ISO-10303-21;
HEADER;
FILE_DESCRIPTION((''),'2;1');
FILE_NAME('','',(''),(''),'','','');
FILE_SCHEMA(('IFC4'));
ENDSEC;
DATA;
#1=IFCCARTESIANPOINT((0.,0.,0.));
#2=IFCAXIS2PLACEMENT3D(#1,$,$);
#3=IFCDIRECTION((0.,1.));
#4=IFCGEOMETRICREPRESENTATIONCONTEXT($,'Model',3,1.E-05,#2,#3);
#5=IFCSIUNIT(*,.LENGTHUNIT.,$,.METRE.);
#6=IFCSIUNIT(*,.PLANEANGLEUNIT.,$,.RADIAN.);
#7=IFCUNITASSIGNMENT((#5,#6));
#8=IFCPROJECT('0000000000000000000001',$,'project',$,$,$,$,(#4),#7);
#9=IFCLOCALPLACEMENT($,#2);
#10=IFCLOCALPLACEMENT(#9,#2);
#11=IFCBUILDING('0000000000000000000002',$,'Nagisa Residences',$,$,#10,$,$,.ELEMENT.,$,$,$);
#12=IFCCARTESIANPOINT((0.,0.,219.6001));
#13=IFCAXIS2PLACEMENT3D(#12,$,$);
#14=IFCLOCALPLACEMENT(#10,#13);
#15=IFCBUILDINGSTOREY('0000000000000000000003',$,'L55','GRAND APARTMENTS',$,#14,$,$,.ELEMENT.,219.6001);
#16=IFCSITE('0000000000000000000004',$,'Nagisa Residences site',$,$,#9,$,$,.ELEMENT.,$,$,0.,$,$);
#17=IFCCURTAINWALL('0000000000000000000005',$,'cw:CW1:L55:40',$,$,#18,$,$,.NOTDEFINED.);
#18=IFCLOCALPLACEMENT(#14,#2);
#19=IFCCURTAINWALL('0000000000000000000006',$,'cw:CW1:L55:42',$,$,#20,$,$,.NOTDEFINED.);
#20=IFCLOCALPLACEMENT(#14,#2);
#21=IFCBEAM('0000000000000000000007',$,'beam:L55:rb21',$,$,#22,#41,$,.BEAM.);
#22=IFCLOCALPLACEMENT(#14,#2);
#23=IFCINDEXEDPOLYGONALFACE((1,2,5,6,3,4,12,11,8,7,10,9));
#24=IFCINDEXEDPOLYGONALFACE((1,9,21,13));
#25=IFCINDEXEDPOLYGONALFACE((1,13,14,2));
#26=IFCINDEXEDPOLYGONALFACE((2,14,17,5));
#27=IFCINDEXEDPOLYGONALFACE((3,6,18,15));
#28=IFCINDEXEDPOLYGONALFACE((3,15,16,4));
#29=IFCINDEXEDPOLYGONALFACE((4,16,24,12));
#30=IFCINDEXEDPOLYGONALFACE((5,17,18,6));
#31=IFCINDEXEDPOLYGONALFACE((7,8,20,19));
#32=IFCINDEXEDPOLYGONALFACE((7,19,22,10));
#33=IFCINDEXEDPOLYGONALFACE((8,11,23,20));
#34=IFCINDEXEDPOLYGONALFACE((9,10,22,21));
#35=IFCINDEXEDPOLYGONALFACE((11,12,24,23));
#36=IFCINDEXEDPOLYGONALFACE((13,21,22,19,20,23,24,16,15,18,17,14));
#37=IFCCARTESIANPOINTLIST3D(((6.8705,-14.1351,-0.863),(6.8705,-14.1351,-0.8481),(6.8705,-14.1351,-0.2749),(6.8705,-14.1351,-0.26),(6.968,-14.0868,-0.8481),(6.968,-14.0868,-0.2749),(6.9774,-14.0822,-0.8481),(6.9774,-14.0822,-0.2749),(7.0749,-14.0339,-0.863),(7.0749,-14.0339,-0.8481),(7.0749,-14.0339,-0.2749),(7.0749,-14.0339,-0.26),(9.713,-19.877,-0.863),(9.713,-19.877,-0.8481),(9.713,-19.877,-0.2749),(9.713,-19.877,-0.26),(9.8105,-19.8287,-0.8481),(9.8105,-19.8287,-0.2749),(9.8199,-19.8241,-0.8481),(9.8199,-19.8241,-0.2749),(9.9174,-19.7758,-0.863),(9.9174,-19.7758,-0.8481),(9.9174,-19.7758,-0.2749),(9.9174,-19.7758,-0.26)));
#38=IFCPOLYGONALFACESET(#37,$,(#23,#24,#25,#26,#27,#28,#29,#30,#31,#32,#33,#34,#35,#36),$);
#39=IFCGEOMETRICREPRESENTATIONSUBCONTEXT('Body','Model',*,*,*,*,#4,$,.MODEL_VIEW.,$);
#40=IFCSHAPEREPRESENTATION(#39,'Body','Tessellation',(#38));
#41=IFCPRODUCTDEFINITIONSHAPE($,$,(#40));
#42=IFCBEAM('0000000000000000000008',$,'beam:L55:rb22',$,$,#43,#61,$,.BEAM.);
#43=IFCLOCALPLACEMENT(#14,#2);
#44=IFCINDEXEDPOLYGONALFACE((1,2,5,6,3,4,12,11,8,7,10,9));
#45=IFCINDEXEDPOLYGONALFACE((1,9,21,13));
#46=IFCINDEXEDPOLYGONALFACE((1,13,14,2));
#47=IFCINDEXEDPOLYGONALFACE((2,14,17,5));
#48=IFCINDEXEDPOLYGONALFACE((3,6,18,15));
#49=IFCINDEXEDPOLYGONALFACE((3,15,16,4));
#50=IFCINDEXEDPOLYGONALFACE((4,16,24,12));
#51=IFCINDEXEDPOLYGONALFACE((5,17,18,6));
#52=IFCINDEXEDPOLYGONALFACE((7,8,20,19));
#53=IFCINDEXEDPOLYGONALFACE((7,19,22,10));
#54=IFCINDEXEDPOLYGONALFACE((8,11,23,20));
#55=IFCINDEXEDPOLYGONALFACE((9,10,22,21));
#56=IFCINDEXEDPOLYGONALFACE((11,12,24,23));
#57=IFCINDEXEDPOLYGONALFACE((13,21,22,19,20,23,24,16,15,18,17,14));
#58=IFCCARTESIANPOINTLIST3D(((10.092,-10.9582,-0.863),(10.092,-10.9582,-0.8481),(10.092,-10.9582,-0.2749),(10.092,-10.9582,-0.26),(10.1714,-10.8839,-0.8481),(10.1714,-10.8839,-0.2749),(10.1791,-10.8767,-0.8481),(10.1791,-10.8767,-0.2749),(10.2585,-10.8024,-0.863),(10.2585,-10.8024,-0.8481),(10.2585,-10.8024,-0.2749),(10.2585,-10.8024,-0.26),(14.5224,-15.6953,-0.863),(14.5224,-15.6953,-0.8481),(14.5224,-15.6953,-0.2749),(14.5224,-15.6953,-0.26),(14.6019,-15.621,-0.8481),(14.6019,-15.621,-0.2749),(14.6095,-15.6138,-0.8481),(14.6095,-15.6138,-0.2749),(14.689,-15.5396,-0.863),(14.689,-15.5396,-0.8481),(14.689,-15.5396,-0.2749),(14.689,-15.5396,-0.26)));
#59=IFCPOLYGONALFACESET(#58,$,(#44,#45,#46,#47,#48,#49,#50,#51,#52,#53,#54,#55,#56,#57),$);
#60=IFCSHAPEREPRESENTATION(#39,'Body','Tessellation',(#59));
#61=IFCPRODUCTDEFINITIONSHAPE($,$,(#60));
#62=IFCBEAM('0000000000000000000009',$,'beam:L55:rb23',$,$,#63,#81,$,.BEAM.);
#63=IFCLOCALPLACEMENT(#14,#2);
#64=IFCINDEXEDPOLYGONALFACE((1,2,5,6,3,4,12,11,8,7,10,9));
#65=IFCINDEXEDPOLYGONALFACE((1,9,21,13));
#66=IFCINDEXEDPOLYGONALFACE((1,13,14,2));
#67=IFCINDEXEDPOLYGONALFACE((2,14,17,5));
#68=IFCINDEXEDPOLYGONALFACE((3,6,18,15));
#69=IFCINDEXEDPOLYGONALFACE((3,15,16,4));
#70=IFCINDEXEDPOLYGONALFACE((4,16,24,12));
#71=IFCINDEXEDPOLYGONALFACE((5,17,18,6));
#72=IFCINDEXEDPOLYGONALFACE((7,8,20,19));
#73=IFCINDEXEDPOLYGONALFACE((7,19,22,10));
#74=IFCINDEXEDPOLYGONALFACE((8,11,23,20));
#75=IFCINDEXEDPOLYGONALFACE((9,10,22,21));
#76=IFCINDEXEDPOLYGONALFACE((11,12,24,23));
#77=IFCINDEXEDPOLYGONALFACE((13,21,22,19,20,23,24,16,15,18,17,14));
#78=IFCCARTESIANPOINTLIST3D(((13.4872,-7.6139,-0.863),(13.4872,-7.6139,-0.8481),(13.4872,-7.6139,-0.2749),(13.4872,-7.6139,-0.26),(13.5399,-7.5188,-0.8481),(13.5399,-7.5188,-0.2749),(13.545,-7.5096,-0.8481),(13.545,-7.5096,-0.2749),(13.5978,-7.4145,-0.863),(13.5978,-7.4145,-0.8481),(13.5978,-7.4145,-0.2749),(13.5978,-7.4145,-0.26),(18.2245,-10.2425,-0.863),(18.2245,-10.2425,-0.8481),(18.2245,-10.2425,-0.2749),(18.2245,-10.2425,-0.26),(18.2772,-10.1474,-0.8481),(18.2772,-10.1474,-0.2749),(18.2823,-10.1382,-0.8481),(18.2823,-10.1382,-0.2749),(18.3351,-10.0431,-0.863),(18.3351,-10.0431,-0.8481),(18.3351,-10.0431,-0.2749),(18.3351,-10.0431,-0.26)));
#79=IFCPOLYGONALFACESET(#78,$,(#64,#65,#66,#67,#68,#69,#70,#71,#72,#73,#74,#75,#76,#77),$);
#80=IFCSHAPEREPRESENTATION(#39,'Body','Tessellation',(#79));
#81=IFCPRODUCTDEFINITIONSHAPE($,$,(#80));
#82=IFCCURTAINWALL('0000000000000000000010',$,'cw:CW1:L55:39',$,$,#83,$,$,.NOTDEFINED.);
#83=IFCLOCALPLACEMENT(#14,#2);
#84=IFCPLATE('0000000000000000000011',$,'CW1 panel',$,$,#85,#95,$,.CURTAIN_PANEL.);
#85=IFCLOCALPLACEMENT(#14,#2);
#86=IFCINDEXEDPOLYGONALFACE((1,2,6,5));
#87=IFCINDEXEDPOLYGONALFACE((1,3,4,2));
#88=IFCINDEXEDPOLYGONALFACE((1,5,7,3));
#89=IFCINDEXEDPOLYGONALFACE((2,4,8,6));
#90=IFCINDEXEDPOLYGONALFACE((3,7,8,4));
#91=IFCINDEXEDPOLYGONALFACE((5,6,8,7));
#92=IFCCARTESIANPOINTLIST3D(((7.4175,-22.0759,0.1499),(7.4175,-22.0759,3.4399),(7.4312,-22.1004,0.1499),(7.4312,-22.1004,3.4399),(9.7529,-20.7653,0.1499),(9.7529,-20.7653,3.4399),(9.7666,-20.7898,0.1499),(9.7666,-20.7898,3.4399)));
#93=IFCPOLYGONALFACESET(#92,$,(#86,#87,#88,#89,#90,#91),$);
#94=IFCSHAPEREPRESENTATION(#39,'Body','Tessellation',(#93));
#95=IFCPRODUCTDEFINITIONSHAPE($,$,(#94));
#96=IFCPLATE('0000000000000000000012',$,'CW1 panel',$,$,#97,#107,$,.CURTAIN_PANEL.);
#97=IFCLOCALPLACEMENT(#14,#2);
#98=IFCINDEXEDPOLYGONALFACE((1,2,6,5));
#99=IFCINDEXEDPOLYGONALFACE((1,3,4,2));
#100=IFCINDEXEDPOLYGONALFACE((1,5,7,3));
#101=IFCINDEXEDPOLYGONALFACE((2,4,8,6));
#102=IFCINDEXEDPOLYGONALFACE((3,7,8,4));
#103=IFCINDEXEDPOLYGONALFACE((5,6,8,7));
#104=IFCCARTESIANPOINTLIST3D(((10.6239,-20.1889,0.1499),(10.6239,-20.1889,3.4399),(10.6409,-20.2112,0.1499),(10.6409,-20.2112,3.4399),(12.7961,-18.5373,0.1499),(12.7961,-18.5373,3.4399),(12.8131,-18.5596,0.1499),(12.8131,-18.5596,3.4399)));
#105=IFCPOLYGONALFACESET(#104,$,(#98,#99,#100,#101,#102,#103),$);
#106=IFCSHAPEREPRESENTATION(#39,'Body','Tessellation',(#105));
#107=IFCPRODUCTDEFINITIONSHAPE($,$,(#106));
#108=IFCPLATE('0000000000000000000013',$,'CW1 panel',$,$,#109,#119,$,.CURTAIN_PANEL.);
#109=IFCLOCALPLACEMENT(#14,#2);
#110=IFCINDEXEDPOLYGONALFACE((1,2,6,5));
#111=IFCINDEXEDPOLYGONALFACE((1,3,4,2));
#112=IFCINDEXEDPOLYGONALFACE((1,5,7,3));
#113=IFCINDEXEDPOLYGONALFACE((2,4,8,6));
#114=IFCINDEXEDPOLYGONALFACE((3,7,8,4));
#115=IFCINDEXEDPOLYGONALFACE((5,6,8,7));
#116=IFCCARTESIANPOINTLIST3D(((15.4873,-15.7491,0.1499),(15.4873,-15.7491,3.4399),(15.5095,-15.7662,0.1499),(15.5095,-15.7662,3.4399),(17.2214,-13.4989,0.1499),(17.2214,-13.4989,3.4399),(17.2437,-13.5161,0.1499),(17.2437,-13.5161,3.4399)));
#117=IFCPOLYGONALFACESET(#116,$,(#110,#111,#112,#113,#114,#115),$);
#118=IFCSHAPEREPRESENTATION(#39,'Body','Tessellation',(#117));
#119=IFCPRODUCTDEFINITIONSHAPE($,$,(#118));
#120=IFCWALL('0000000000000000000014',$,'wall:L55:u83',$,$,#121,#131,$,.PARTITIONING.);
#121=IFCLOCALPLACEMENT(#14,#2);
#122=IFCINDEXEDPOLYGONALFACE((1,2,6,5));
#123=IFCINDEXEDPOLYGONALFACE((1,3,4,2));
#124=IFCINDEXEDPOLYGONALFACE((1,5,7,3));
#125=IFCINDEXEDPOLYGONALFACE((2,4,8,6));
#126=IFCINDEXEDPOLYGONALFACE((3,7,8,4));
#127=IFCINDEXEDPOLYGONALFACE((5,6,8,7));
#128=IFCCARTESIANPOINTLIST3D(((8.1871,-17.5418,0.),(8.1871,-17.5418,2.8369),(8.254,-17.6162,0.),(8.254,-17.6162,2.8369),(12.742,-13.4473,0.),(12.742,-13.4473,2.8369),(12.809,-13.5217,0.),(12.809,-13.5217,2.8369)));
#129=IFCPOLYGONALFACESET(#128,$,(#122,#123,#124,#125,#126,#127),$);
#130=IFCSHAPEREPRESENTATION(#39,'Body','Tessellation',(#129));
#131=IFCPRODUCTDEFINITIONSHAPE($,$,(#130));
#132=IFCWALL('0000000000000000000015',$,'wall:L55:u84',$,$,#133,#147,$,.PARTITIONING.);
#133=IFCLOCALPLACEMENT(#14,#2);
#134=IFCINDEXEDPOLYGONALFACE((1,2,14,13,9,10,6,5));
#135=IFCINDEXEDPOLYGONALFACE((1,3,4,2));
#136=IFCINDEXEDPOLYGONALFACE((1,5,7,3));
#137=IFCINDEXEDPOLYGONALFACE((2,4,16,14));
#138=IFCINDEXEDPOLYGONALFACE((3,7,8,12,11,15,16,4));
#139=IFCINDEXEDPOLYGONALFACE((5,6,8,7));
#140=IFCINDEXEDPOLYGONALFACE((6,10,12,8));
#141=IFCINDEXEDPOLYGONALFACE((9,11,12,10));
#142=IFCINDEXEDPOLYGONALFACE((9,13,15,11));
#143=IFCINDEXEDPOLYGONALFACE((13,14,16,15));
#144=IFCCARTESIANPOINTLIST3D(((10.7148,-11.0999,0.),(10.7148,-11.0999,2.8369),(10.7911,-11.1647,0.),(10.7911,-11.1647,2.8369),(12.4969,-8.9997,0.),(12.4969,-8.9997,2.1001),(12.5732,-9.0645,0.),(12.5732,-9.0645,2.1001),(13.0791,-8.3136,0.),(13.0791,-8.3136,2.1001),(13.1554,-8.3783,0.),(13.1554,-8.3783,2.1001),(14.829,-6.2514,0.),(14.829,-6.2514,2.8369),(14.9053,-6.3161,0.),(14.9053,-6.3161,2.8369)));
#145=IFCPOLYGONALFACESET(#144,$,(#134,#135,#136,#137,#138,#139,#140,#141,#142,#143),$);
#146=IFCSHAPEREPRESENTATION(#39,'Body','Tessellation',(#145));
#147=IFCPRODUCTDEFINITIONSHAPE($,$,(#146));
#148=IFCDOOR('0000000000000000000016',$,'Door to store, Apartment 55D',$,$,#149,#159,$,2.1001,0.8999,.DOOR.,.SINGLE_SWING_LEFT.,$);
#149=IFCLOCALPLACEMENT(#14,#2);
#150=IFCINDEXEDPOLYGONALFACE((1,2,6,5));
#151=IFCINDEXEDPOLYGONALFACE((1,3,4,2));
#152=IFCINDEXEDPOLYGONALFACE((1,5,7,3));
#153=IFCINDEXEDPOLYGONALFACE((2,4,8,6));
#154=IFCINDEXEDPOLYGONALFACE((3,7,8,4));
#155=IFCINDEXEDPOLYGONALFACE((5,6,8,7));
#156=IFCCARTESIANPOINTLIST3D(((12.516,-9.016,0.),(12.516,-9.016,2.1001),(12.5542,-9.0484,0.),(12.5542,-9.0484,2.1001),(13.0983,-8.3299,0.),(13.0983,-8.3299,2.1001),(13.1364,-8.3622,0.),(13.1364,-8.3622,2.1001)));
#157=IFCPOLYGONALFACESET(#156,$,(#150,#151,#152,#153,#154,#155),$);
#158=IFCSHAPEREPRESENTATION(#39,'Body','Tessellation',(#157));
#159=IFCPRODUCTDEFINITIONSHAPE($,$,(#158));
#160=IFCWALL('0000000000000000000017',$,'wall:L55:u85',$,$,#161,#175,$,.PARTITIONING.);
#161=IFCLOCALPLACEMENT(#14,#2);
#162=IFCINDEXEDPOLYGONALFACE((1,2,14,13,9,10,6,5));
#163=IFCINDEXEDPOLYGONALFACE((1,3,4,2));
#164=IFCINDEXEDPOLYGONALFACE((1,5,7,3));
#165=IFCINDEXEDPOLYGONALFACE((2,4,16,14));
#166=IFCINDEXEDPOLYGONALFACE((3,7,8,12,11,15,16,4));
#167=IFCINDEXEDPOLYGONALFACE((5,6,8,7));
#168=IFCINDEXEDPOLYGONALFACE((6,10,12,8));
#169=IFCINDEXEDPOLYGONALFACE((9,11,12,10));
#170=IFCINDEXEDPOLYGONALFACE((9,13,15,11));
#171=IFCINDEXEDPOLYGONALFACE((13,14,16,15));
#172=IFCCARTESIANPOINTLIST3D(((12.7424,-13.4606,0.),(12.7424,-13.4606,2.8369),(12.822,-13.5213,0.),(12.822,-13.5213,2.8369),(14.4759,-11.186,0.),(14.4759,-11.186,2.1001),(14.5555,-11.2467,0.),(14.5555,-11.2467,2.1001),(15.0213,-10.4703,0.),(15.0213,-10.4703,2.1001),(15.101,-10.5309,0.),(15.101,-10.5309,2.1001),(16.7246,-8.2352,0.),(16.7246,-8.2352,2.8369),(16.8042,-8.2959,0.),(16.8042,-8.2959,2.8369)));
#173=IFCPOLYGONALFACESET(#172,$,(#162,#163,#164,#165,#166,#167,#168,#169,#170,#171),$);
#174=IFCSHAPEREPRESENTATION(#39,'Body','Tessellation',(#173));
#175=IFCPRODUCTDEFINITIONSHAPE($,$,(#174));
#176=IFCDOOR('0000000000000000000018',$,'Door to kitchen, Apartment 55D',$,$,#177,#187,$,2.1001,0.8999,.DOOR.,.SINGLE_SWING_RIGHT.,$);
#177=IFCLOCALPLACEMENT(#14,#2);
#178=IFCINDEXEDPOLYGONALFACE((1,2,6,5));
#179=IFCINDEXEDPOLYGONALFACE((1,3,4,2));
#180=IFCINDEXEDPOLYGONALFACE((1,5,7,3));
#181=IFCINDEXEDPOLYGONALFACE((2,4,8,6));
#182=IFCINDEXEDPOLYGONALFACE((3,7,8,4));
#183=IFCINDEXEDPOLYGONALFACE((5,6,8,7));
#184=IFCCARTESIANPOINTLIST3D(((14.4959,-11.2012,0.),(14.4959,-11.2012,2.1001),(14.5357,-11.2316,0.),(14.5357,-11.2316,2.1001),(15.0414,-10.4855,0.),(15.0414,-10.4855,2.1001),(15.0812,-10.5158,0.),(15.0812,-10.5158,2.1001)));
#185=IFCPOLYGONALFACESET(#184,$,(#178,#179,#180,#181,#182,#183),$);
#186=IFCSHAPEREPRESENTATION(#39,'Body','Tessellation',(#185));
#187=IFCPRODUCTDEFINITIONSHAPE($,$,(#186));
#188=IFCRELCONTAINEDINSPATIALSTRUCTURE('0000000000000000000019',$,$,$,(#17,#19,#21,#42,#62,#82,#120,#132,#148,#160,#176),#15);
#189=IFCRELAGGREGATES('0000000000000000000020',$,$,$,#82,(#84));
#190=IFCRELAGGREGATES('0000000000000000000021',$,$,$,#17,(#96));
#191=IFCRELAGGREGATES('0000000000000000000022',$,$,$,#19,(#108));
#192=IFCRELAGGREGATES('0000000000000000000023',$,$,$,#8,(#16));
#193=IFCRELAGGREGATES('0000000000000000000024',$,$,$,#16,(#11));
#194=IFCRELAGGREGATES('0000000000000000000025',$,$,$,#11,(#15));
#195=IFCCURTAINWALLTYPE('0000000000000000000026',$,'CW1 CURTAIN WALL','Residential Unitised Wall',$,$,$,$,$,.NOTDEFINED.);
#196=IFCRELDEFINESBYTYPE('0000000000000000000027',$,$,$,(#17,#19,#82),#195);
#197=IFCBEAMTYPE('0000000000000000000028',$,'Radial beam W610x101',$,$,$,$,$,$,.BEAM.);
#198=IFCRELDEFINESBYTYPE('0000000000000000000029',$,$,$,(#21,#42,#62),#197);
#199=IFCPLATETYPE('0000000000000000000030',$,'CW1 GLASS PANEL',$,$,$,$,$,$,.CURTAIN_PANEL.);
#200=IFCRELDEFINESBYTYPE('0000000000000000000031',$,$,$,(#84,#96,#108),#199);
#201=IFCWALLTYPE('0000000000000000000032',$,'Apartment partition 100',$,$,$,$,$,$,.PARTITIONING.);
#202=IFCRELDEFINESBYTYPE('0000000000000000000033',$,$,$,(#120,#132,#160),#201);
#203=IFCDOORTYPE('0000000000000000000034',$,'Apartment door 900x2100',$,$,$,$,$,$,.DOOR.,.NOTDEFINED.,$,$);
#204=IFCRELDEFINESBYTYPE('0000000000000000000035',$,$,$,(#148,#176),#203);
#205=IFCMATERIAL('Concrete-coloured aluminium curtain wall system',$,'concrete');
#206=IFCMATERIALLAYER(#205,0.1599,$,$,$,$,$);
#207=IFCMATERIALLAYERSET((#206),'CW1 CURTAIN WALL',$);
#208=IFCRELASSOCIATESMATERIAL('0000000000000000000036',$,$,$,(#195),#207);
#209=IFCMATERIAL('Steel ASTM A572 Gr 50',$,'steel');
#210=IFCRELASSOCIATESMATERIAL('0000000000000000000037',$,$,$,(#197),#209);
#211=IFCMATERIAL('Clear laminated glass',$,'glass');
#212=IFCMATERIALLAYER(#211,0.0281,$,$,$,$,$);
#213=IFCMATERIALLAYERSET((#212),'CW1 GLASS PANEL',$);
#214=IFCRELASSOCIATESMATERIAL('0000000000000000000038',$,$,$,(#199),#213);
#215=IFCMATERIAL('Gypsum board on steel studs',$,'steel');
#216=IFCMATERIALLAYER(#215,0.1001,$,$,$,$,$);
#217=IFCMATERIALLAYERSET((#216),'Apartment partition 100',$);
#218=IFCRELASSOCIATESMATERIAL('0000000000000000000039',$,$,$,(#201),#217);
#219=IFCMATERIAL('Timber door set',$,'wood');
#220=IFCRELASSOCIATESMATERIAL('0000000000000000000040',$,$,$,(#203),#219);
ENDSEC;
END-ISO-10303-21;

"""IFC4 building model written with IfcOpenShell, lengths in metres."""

from ifc_helpers import new_model, si_unit, direction, frame, frame_2d, origin, origin_2d, place, context, subcontext, project, spatial, rectangle, i_section, extrude, material, layer, layer_set, material_profile, profile_set, type_object, element, fill, aggregate, save


model = new_model("IFC4")

# Units and contexts
model_context = context("Model", 3, precision=1e-05, world=origin(), true_north=direction((0.0, 1.0)))
body_context = subcontext(model_context, "Body", "Model", "MODEL_VIEW")
ifc_project = project(units=[si_unit("LENGTHUNIT", "METRE"), si_unit("PLANEANGLEUNIT", "RADIAN")], contexts=[model_context])

# Site, building, storey
site_placement = place(None, origin())
site = spatial("IfcSite", under=ifc_project, at=site_placement, Name="Nagisa Residences site", CompositionType="ELEMENT", RefElevation=0.0)
building_placement = place(site_placement, origin())
building = spatial("IfcBuilding", under=site, at=building_placement, Name="Nagisa Residences", CompositionType="ELEMENT")
storey_placement = place(building_placement, frame((0.0, 0.0, 219.6001)))
storey = spatial("IfcBuildingStorey", under=building, at=storey_placement, Name="L55", Description="GRAND APARTMENTS", CompositionType="ELEMENT", Elevation=219.6001)

# Curtain walls
ifc_material_1 = material(Name="Concrete-coloured aluminium curtain wall system", Category="concrete")
ifc_layer_1 = layer(ifc_material_1, 0.1599)
ifc_layer_set_1 = layer_set([ifc_layer_1], Name="CW1 CURTAIN WALL")
curtain_wall_type = type_object("IfcCurtainWallType", Name="CW1 CURTAIN WALL", Description="Residential Unitised Wall", PredefinedType="NOTDEFINED", material=ifc_layer_set_1)
curtain_wall_1_placement = place(storey_placement, origin())
curtain_wall_1 = element("IfcCurtainWall", 1, at=curtain_wall_1_placement, inside=storey, type_object=curtain_wall_type, Name="cw:CW1:L55:40", PredefinedType="NOTDEFINED")
curtain_wall_2_placement = place(storey_placement, origin())
curtain_wall_2 = element("IfcCurtainWall", 2, at=curtain_wall_2_placement, inside=storey, type_object=curtain_wall_type, Name="cw:CW1:L55:42", PredefinedType="NOTDEFINED")

# Beams
ifc_material_2 = material(Name="Steel ASTM A572 Gr 50", Category="steel")
ifc_material_profile_1 = material_profile(ifc_material_2, i_section(OverallWidth=0.228, OverallDepth=0.603, WebThickness=0.0105, FlangeThickness=0.0149, at=origin_2d()), Name="W610x101")
ifc_profile_set_1 = profile_set([ifc_material_profile_1], Name="Steel ASTM A572 Gr 50")
beam_type_1 = type_object("IfcBeamType", Name="Radial beam W610x101", PredefinedType="BEAM", material=ifc_profile_set_1)
beam_1_placement = place(storey_placement, frame((9.8152, -19.8264, -0.5615), z_axis=(-0.443659, 0.896196, 0.0), x_axis=(-0.896196, -0.443659, 0.0)))
element("IfcBeam", 3, at=beam_1_placement, inside=storey, type_object=beam_type_1, Name="beam:L55:rb21", PredefinedType="BEAM", context=body_context, shape_type="SweptSolid", body=[
    extrude(i_section(OverallWidth=0.228, OverallDepth=0.603, WebThickness=0.0105, FlangeThickness=0.0149, at=origin_2d()), origin(), (0.0, 0.0, 1.0), 6.407),
])
beam_2_placement = place(storey_placement, frame((14.6057, -15.6174, -0.5615), z_axis=(-0.683073, 0.73035, 0.0), x_axis=(-0.73035, -0.683073, 0.0)))
element("IfcBeam", 4, at=beam_2_placement, inside=storey, type_object=beam_type_1, Name="beam:L55:rb22", PredefinedType="BEAM", context=body_context, shape_type="SweptSolid", body=[
    extrude(i_section(OverallWidth=0.228, OverallDepth=0.603, WebThickness=0.0105, FlangeThickness=0.0149, at=origin_2d()), origin(), (0.0, 0.0, 1.0), 6.4861),
])
beam_3_placement = place(storey_placement, frame((18.2798, -10.1428, -0.5615), z_axis=(-0.874406, 0.485195, 0.0), x_axis=(-0.485195, -0.874406, 0.0)))
element("IfcBeam", 5, at=beam_3_placement, inside=storey, type_object=beam_type_1, Name="beam:L55:rb23", PredefinedType="BEAM", context=body_context, shape_type="SweptSolid", body=[
    extrude(i_section(OverallWidth=0.228, OverallDepth=0.603, WebThickness=0.0105, FlangeThickness=0.0149, at=origin_2d()), origin(), (0.0, 0.0, 1.0), 5.4177),
])

# Curtain wall, plate
curtain_wall_3_placement = place(storey_placement, origin())
curtain_wall_3 = element("IfcCurtainWall", 6, at=curtain_wall_3_placement, inside=storey, type_object=curtain_wall_type, Name="cw:CW1:L55:39", PredefinedType="NOTDEFINED")
ifc_material_3 = material(Name="Clear laminated glass", Category="glass")
ifc_layer_2 = layer(ifc_material_3, 0.0281)
ifc_layer_set_2 = layer_set([ifc_layer_2], Name="CW1 GLASS PANEL")
plate_type = type_object("IfcPlateType", Name="CW1 GLASS PANEL", PredefinedType="CURTAIN_PANEL", material=ifc_layer_set_2)
plate_1_placement = place(storey_placement, frame((8.592, -21.4329, 0.1499), z_axis=(0.0, 0.0, 1.0), x_axis=(0.872072, 0.489377, 0.0)))
plate_1 = element("IfcPlate", 7, at=plate_1_placement, type_object=plate_type, Name="CW1 panel", PredefinedType="CURTAIN_PANEL", context=body_context, shape_type="SweptSolid", body=[
    extrude(rectangle(XDim=2.678, YDim=0.0281, at=origin_2d()), origin(), (0.0, 0.0, 1.0), 3.29),
])
aggregate(curtain_wall_3, [plate_1])

# Plates
plate_2_placement = place(storey_placement, frame((11.7185, -19.3743, 0.1499), z_axis=(0.0, 0.0, 1.0), x_axis=(0.796031, 0.605255, 0.0)))
plate_2 = element("IfcPlate", 8, at=plate_2_placement, type_object=plate_type, Name="CW1 panel", PredefinedType="CURTAIN_PANEL", context=body_context, shape_type="SweptSolid", body=[
    extrude(rectangle(XDim=2.7288, YDim=0.0281, at=origin_2d()), origin(), (0.0, 0.0, 1.0), 3.29),
])
aggregate(curtain_wall_1, [plate_2])
plate_3_placement = place(storey_placement, frame((16.3655, -14.6326, 0.1499), z_axis=(0.0, 0.0, 1.0), x_axis=(0.61043, 0.79207, 0.0)))
plate_3 = element("IfcPlate", 9, at=plate_3_placement, type_object=plate_type, Name="CW1 panel", PredefinedType="CURTAIN_PANEL", context=body_context, shape_type="SweptSolid", body=[
    extrude(rectangle(XDim=2.8408, YDim=0.0281, at=origin_2d()), origin(), (0.0, 0.0, 1.0), 3.29),
])
aggregate(curtain_wall_2, [plate_3])

# Wall
ifc_material_4 = material(Name="Gypsum board on steel studs", Category="steel")
ifc_layer_3 = layer(ifc_material_4, 0.1001)
ifc_layer_set_3 = layer_set([ifc_layer_3], Name="Apartment partition 100")
wall_type_1 = type_object("IfcWallType", Name="Apartment partition 100", PredefinedType="PARTITIONING", material=ifc_layer_set_3)
wall_1_placement = place(storey_placement, frame((8.2205, -17.5791, 0.0), z_axis=(0.0, 0.0, 1.0), x_axis=(0.743696, 0.668518, 0.0)))
element("IfcWall", 10, at=wall_1_placement, inside=storey, type_object=wall_type_1, Name="wall:L55:u83", PredefinedType="PARTITIONING", context=body_context, shape_type="SweptSolid", body=[
    extrude(rectangle(XDim=6.1248, YDim=0.1001, at=frame_2d((3.0625, 0.0))), origin(), (0.0, 0.0, 1.0), 2.8369),
])

# Walls, openings, doors
wall_2_placement = place(storey_placement, frame((10.7529, -11.1323, 0.0), z_axis=(0.0, 0.0, 1.0), x_axis=(0.647002, 0.762488, 0.0)))
wall_2 = element("IfcWall", 11, at=wall_2_placement, inside=storey, type_object=wall_type_1, Name="wall:L55:u84", PredefinedType="PARTITIONING", context=body_context, shape_type="SweptSolid", body=[
    extrude(rectangle(XDim=6.3589, YDim=0.1001, at=frame_2d((3.1794, 0.0))), origin(), (0.0, 0.0, 1.0), 2.8369),
])
opening_1_placement = place(wall_2_placement, frame((2.7544, 0.0, 0.0)))
opening_1 = element("IfcOpeningElement", 12, at=opening_1_placement, cuts=wall_2, PredefinedType="OPENING", context=body_context, shape_type="SweptSolid", body=[
    extrude(rectangle(XDim=0.8999, YDim=2.1001, at=frame_2d((0.45, 1.05))), frame((0.0, 0.0601, 0.0), z_axis=(0.0, -1.0, 0.0), x_axis=(1.0, 0.0, 0.0)), (0.0, 0.0, 1.0), 0.1201),
])
ifc_material_5 = material(Name="Timber door set", Category="wood")
door_type_1 = type_object("IfcDoorType", Name="Apartment door 900x2100", OperationType="NOTDEFINED", PredefinedType="DOOR", material=ifc_material_5)
door_1_placement = place(opening_1_placement, origin())
door_1 = element("IfcDoor", 13, at=door_1_placement, inside=storey, type_object=door_type_1, Name="Door to store, Apartment 55D", OperationType="SINGLE_SWING_LEFT", OverallHeight=2.1001, OverallWidth=0.8999, PredefinedType="DOOR", context=body_context, shape_type="SweptSolid", body=[
    extrude(rectangle(XDim=0.8999, YDim=2.1001, at=frame_2d((0.45, 1.05))), frame((0.0, 0.0249, 0.0), z_axis=(0.0, -1.0, 0.0), x_axis=(1.0, 0.0, 0.0)), (0.0, 0.0, 1.0), 0.05),
])
fill(opening_1, door_1)
wall_3_placement = place(storey_placement, frame((12.7822, -13.491, 0.0), z_axis=(0.0, 0.0, 1.0), x_axis=(0.606136, 0.795361, 0.0)))
wall_3 = element("IfcWall", 14, at=wall_3_placement, inside=storey, type_object=wall_type_1, Name="wall:L55:u85", PredefinedType="PARTITIONING", context=body_context, shape_type="SweptSolid", body=[
    extrude(rectangle(XDim=6.5698, YDim=0.1001, at=frame_2d((3.2849, 0.0))), origin(), (0.0, 0.0, 1.0), 2.8369),
])
opening_2_placement = place(wall_3_placement, frame((2.8599, 0.0, 0.0)))
opening_2 = element("IfcOpeningElement", 15, at=opening_2_placement, cuts=wall_3, PredefinedType="OPENING", context=body_context, shape_type="SweptSolid", body=[
    extrude(rectangle(XDim=0.8999, YDim=2.1001, at=frame_2d((0.45, 1.05))), frame((0.0, 0.0601, 0.0), z_axis=(0.0, -1.0, 0.0), x_axis=(1.0, 0.0, 0.0)), (0.0, 0.0, 1.0), 0.1201),
])
door_2_placement = place(opening_2_placement, origin())
door_2 = element("IfcDoor", 16, at=door_2_placement, inside=storey, type_object=door_type_1, Name="Door to kitchen, Apartment 55D", OperationType="SINGLE_SWING_RIGHT", OverallHeight=2.1001, OverallWidth=0.8999, PredefinedType="DOOR", context=body_context, shape_type="SweptSolid", body=[
    extrude(rectangle(XDim=0.8999, YDim=2.1001, at=frame_2d((0.45, 1.05))), frame((0.0, 0.0249, 0.0), z_axis=(0.0, -1.0, 0.0), x_axis=(1.0, 0.0, 0.0)), (0.0, 0.0, 1.0), 0.05),
])
fill(opening_2, door_2)

save(model, "model.ifc")
